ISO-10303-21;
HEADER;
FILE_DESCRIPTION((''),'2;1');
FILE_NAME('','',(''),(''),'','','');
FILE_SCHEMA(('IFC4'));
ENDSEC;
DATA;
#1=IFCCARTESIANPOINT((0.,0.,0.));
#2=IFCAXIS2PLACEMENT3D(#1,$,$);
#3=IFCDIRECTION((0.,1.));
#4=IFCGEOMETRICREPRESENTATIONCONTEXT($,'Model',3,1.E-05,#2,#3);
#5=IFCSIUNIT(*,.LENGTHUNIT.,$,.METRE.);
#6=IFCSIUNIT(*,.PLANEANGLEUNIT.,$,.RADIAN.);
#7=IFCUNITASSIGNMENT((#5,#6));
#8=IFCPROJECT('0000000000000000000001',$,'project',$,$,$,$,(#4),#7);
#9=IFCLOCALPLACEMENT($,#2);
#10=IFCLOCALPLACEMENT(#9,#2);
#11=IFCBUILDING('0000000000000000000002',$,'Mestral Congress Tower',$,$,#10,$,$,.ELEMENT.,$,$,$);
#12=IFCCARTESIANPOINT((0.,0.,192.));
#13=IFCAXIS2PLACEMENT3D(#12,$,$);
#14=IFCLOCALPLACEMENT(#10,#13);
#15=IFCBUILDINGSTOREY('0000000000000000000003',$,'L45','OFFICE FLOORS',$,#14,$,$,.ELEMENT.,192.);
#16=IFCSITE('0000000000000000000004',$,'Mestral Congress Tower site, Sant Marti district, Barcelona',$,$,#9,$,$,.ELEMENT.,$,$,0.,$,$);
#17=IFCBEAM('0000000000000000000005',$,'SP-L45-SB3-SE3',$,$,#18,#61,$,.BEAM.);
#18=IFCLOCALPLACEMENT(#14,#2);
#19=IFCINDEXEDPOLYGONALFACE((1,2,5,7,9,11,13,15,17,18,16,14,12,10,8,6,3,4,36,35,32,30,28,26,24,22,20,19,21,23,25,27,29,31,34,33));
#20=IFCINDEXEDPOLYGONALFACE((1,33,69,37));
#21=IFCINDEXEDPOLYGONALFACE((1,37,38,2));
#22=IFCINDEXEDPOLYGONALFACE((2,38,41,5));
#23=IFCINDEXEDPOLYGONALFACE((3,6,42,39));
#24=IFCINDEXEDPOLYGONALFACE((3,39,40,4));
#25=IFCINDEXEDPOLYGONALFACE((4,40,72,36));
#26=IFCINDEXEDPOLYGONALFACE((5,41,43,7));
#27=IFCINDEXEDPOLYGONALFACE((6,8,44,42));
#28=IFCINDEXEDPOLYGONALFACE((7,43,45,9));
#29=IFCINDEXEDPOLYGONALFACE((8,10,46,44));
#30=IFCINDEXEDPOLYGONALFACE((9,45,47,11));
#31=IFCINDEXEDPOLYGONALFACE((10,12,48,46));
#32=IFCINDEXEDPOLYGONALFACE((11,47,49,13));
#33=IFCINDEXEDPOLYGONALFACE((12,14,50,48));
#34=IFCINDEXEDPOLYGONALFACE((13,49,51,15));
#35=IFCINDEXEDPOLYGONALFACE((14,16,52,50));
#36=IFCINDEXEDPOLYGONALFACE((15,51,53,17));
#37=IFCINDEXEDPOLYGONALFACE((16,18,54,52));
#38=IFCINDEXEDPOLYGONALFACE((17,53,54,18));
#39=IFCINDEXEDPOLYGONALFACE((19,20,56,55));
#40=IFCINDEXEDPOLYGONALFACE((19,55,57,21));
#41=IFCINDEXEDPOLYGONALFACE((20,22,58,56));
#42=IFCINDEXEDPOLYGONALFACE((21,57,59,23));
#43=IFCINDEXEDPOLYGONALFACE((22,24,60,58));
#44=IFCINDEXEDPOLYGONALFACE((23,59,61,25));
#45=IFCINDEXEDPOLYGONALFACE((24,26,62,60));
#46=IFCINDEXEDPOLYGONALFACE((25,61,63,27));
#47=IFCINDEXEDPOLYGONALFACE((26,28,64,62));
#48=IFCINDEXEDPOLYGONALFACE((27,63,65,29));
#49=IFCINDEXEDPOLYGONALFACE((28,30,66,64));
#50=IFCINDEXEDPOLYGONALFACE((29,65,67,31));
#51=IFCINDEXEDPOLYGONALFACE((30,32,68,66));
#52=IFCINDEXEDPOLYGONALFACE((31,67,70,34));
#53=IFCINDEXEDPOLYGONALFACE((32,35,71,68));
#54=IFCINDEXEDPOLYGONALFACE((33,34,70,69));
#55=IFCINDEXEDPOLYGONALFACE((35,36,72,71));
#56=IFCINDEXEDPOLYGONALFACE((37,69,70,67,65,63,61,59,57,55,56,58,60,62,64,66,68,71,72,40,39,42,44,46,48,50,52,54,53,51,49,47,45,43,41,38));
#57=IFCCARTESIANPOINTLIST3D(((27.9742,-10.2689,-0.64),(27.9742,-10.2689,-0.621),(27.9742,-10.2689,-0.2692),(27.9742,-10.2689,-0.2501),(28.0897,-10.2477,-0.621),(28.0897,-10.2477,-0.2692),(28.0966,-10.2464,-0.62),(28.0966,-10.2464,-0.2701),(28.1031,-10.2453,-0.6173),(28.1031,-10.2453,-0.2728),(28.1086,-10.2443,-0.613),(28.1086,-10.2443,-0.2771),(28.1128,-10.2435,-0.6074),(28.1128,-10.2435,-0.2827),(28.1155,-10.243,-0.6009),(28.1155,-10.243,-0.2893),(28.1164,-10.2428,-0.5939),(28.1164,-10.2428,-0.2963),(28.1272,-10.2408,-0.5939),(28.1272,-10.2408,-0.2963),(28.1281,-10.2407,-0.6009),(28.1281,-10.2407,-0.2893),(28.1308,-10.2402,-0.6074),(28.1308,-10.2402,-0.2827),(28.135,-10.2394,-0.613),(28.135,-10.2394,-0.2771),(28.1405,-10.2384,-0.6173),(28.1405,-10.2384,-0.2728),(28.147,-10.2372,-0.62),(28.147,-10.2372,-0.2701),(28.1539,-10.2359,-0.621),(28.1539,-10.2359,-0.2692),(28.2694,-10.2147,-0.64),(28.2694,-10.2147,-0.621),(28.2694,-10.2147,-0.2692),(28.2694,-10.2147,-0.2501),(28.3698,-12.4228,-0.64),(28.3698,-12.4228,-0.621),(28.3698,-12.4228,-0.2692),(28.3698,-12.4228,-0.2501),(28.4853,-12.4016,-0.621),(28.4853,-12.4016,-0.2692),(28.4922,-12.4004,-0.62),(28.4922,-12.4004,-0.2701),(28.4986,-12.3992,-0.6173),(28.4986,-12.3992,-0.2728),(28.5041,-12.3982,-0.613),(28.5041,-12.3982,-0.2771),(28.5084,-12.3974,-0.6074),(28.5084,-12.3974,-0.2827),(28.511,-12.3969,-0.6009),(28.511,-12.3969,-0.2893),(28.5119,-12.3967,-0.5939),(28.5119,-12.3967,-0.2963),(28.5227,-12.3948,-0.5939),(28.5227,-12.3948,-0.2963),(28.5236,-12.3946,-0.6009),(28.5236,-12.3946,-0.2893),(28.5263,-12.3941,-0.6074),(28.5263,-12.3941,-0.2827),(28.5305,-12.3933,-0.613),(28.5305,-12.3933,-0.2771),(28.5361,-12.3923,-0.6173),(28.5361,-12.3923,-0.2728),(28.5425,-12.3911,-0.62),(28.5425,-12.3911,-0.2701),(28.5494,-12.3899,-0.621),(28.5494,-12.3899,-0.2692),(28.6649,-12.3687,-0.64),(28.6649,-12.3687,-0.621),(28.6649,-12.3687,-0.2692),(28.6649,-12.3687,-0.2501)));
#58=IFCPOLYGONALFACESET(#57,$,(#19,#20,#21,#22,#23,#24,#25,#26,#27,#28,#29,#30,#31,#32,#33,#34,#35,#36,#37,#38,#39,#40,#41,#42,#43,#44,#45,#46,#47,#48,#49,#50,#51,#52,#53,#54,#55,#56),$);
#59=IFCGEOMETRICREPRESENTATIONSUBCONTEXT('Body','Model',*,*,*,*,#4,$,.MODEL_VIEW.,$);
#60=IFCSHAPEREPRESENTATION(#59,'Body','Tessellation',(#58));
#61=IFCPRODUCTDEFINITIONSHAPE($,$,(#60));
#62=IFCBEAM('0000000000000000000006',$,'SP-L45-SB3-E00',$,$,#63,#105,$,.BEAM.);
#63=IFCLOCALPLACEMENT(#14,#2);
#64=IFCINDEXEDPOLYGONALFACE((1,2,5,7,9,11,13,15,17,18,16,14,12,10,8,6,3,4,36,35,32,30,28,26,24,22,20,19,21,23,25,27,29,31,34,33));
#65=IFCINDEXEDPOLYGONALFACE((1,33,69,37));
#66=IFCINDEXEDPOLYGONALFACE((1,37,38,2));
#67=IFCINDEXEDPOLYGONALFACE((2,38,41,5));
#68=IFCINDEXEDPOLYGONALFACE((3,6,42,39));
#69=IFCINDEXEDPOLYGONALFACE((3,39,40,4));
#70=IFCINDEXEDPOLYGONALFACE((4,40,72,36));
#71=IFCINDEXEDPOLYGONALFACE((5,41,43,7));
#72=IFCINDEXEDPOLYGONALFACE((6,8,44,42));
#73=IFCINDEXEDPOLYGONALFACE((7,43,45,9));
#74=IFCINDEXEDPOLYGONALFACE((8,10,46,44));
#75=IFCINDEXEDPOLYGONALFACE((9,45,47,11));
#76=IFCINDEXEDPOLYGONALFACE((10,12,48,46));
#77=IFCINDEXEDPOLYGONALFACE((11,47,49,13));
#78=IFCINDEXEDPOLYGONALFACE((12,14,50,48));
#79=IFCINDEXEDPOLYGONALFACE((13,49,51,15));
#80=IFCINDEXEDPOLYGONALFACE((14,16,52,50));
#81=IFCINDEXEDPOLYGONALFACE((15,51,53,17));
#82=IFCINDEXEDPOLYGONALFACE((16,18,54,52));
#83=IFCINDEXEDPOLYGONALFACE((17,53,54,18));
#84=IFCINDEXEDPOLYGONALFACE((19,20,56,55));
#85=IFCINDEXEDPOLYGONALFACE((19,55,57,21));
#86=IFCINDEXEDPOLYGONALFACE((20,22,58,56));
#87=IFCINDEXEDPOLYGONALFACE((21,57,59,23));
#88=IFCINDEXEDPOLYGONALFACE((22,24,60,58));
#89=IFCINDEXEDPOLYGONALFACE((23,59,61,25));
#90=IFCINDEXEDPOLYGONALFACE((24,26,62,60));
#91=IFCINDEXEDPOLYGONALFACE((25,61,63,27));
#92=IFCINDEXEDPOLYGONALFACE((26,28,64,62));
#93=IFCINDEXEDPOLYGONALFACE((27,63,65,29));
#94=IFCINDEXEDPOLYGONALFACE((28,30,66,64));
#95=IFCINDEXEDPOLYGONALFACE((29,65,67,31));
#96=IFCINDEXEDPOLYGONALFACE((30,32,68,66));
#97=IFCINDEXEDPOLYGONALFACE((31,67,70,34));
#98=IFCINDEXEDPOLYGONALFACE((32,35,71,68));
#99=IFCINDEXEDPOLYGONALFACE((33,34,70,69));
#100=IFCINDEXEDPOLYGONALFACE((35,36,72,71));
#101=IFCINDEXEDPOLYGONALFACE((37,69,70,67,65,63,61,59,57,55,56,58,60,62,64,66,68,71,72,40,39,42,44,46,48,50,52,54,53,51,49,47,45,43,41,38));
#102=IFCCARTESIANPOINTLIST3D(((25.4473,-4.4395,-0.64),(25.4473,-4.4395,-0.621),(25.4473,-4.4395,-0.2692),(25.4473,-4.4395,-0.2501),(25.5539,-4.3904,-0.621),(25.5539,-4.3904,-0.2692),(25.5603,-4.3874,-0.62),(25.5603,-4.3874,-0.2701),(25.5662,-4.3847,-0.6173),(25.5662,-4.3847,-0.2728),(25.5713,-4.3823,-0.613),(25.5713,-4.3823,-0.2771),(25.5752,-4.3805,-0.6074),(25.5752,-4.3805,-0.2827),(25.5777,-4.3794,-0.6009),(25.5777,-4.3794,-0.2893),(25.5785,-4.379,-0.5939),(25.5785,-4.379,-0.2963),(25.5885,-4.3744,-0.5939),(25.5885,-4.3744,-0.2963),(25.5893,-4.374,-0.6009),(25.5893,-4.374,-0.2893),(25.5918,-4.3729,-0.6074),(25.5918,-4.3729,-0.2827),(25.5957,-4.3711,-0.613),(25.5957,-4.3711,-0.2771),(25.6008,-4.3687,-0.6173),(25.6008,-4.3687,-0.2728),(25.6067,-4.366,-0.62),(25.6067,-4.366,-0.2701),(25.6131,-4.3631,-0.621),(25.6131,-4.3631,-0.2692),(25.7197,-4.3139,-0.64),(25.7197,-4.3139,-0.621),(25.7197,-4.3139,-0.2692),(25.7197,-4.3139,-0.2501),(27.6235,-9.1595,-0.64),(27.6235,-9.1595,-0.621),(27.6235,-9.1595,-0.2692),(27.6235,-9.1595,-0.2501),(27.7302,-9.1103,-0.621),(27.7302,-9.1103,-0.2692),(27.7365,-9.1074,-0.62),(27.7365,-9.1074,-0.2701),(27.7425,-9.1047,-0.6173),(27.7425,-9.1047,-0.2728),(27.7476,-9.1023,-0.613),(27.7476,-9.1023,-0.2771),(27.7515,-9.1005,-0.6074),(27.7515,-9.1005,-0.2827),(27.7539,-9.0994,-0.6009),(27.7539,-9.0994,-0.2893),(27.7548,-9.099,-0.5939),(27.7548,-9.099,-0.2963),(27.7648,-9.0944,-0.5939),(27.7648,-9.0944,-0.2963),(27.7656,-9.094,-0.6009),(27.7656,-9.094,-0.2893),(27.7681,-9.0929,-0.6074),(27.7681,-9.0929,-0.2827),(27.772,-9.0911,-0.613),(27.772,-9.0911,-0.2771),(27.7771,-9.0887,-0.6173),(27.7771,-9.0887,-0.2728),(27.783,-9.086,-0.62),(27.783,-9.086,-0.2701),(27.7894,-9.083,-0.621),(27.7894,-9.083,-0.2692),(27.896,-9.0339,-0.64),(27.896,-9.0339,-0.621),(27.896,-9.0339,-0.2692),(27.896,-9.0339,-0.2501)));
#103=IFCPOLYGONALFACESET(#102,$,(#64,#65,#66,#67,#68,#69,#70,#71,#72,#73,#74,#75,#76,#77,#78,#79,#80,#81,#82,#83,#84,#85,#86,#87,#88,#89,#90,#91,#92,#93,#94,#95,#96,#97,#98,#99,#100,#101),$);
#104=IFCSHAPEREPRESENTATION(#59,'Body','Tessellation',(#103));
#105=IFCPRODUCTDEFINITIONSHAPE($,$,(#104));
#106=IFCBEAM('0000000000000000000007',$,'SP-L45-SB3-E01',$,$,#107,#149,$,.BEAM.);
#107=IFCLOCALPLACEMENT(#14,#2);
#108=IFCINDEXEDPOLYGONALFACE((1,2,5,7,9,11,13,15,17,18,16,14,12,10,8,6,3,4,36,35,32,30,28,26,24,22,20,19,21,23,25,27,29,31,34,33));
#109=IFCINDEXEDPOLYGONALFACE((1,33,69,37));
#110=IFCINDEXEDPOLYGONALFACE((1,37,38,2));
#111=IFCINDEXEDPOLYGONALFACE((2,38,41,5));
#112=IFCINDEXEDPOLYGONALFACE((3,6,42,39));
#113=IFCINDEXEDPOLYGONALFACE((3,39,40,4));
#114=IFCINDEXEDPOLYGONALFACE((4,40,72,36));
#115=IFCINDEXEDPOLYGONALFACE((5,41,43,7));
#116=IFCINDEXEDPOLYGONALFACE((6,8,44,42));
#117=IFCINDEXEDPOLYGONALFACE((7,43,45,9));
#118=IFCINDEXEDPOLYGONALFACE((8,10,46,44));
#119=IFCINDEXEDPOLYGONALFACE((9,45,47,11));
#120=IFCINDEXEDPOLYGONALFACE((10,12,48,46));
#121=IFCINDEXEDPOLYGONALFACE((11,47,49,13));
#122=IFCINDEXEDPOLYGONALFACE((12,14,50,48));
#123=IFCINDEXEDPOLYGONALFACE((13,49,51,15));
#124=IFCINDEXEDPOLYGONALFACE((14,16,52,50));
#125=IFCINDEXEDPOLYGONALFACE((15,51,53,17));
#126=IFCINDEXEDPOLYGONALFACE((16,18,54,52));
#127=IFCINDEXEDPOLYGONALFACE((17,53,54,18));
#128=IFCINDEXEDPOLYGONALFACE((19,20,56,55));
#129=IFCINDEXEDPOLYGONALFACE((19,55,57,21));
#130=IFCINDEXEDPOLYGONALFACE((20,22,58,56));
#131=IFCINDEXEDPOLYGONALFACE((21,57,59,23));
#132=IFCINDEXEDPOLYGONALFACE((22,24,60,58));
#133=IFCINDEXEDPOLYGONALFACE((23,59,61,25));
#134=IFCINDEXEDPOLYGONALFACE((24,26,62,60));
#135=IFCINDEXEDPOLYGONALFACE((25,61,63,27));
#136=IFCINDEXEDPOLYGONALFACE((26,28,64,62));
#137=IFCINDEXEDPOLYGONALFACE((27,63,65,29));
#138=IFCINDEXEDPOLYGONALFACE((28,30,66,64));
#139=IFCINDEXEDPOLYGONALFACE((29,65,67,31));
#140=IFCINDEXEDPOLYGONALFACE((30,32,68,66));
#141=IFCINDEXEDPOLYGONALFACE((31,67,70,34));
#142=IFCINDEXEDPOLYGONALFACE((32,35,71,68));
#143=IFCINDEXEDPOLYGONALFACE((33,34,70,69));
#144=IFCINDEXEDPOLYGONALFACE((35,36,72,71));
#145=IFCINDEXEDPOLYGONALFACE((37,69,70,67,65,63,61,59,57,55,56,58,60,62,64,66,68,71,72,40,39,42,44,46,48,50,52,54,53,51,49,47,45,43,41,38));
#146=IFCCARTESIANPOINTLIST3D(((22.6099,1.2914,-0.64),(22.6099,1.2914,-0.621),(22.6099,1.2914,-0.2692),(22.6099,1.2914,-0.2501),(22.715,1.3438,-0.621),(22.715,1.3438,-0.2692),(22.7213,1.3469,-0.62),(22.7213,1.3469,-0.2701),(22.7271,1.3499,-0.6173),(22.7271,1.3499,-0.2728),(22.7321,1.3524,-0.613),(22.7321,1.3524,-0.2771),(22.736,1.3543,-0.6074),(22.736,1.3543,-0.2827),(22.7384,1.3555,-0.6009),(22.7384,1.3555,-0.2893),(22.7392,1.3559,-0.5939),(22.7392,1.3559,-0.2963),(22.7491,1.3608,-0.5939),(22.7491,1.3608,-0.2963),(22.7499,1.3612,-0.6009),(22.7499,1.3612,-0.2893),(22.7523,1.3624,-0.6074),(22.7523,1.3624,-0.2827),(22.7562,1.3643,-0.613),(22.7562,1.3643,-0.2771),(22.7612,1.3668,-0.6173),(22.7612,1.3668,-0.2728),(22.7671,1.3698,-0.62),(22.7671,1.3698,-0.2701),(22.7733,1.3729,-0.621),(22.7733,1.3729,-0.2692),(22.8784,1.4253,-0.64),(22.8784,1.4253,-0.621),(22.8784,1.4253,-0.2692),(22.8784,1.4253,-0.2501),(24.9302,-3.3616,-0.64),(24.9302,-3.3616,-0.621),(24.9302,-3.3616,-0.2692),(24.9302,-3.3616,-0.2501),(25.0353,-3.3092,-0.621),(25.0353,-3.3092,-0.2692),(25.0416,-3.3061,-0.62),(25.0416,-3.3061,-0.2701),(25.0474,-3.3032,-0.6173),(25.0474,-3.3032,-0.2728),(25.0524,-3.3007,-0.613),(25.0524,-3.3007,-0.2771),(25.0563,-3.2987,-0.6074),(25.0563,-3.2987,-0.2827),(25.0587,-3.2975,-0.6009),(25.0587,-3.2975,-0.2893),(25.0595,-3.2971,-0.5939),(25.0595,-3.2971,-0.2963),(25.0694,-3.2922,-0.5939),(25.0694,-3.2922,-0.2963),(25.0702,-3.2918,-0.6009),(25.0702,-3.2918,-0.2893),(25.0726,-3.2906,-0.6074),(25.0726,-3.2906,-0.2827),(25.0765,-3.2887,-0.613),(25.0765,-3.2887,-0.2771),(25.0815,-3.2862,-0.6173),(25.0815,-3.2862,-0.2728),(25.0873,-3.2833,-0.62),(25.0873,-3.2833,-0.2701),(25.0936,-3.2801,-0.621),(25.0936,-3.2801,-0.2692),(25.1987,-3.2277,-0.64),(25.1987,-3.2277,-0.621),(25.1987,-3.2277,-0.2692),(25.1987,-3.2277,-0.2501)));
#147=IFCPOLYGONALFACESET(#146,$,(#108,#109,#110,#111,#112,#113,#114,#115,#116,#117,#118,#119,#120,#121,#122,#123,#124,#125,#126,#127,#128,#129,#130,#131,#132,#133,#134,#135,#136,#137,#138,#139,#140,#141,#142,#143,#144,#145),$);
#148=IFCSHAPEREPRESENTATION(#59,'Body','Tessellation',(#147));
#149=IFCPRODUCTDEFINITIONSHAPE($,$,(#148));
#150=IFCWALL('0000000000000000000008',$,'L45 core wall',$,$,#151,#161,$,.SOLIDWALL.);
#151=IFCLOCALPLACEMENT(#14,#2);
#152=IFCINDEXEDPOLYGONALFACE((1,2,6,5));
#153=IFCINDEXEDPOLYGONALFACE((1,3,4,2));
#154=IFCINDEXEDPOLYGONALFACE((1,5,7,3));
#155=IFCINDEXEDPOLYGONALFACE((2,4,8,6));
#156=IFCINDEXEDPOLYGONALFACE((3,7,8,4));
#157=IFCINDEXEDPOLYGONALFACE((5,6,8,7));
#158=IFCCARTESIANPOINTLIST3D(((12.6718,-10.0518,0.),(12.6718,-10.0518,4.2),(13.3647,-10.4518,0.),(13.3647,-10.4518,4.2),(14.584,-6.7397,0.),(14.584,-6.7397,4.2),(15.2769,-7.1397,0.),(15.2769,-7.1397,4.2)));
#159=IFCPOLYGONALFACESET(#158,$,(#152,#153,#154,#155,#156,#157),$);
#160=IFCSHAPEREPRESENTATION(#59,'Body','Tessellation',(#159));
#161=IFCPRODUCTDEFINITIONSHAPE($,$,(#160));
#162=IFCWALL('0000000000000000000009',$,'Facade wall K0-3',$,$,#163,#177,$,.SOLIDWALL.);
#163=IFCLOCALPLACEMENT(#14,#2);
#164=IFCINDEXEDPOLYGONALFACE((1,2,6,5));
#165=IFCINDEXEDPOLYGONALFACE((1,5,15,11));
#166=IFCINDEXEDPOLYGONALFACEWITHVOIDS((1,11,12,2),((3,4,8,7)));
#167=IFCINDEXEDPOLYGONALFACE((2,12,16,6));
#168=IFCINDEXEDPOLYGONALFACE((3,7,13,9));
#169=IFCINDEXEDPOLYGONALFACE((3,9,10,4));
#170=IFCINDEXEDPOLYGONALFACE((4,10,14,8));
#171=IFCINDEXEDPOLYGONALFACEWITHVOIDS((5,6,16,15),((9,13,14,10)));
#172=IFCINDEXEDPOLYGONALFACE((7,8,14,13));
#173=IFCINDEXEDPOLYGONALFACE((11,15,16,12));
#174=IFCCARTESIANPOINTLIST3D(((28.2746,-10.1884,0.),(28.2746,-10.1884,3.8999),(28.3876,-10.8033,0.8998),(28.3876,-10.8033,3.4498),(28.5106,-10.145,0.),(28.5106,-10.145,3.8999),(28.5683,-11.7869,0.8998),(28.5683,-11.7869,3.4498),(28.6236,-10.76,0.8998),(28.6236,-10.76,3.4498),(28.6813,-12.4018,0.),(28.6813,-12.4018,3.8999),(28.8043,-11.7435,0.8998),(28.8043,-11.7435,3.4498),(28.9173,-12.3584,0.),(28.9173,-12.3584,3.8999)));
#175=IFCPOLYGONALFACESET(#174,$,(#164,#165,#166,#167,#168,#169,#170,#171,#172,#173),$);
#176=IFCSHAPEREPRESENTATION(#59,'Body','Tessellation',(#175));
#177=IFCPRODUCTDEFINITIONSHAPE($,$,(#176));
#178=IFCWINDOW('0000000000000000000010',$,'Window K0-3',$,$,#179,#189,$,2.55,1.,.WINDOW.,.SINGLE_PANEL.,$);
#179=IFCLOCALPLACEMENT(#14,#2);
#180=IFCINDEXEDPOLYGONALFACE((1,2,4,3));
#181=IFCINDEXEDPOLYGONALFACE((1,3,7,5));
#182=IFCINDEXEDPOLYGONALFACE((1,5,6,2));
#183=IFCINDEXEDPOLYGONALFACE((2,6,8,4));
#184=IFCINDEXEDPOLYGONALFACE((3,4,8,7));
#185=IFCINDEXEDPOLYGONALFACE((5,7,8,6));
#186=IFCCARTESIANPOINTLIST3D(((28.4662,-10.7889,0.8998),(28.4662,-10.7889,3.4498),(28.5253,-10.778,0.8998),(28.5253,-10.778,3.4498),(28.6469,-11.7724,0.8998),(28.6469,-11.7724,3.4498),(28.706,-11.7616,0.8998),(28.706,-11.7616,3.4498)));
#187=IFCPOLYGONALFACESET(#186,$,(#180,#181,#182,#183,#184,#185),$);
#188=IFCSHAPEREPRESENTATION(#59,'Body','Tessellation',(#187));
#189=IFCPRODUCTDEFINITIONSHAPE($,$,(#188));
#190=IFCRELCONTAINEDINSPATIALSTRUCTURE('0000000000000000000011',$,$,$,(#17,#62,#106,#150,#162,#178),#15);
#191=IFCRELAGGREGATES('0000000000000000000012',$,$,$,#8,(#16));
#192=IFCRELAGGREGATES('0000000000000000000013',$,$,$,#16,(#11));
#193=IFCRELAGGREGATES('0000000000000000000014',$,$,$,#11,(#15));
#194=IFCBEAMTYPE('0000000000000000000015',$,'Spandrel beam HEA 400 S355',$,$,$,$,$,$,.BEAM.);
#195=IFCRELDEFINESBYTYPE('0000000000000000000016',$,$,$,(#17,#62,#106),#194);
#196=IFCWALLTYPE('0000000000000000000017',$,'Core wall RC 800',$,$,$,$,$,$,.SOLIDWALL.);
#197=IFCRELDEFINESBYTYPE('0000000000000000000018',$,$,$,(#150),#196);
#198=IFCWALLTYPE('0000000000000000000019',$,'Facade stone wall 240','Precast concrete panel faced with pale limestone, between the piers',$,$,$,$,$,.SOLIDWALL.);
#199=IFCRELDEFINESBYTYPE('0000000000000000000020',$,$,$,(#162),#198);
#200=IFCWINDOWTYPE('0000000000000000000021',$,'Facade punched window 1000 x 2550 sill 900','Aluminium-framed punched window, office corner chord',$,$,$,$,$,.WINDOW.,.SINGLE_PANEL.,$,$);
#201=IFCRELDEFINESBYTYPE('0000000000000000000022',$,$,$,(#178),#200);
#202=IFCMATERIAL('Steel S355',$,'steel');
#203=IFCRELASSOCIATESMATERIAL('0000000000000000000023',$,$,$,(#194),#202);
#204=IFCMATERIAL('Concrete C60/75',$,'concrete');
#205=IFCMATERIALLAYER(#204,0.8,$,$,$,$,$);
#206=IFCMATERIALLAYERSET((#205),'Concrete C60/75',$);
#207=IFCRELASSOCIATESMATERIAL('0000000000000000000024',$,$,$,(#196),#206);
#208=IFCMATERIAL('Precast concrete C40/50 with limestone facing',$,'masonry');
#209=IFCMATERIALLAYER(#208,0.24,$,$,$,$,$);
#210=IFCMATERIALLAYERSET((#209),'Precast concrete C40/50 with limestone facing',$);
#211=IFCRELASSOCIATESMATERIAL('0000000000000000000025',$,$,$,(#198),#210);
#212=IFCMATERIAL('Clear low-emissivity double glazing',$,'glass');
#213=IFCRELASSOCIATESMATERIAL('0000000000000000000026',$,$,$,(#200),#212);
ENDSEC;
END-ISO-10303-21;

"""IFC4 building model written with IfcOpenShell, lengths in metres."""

from ifc_helpers import new_model, si_unit, direction, frame, frame_2d, origin, origin_2d, place, context, subcontext, project, spatial, rectangle, i_section, extrude, material, layer, layer_set, material_profile, profile_set, type_object, element, fill, save


model = new_model("IFC4")

# Units and contexts
model_context = context("Model", 3, precision=1e-05, world=origin(), true_north=direction((0.0, 1.0)))
body_context = subcontext(model_context, "Body", "Model", "MODEL_VIEW")
ifc_project = project(units=[si_unit("LENGTHUNIT", "METRE"), si_unit("PLANEANGLEUNIT", "RADIAN")], contexts=[model_context])

# Site, building, storey
site_placement = place(None, origin())
site = spatial("IfcSite", under=ifc_project, at=site_placement, Name="Mestral Congress Tower site, Sant Marti district, Barcelona", CompositionType="ELEMENT", RefElevation=0.0)
building_placement = place(site_placement, origin())
building = spatial("IfcBuilding", under=site, at=building_placement, Name="Mestral Congress Tower", CompositionType="ELEMENT")
storey_placement = place(building_placement, frame((0.0, 0.0, 192.0)))
storey = spatial("IfcBuildingStorey", under=building, at=storey_placement, Name="L45", Description="OFFICE FLOORS", CompositionType="ELEMENT", Elevation=192.0)

# Shared definitions
ifc_material_1 = material(Name="Concrete C60/75", Category="concrete")

# Beams
ifc_material_2 = material(Name="Steel S355", Category="steel")
ifc_material_profile_1 = material_profile(ifc_material_2, i_section(OverallWidth=0.3, OverallDepth=0.3899, WebThickness=0.011, FlangeThickness=0.019, FilletRadius=0.0271, at=origin_2d()), Name="HEA 400")
ifc_profile_set_1 = profile_set([ifc_material_profile_1], Name="Steel S355")
beam_type_1 = type_object("IfcBeamType", Name="Spandrel beam HEA 400 S355", PredefinedType="BEAM", material=ifc_profile_set_1)
beam_1_placement = place(storey_placement, frame((28.5173, -12.3958, -0.4451), z_axis=(-0.180612, 0.983554, 0.0), x_axis=(-0.983554, -0.180612, 0.0)))
element("IfcBeam", 1, at=beam_1_placement, inside=storey, type_object=beam_type_1, Name="SP-L45-SB3-SE3", PredefinedType="BEAM", context=body_context, shape_type="SweptSolid", body=[
    extrude(i_section(OverallWidth=0.3, OverallDepth=0.3899, WebThickness=0.011, FlangeThickness=0.019, FilletRadius=0.0271, at=origin_2d()), origin(), (0.0, 0.0, 1.0), 2.1899),
])
beam_2_placement = place(storey_placement, frame((27.7598, -9.0967, -0.4451), z_axis=(-0.418713, 0.908119, 0.0), x_axis=(-0.908119, -0.418713, 0.0)))
element("IfcBeam", 2, at=beam_2_placement, inside=storey, type_object=beam_type_1, Name="SP-L45-SB3-E00", PredefinedType="BEAM", context=body_context, shape_type="SweptSolid", body=[
    extrude(i_section(OverallWidth=0.3, OverallDepth=0.3899, WebThickness=0.011, FlangeThickness=0.019, FilletRadius=0.0271, at=origin_2d()), origin(), (0.0, 0.0, 1.0), 5.1975),
])
beam_3_placement = place(storey_placement, frame((25.0645, -3.2947, -0.4451), z_axis=(-0.446255, 0.894906, 0.0), x_axis=(-0.894906, -0.446255, 0.0)))
element("IfcBeam", 3, at=beam_3_placement, inside=storey, type_object=beam_type_1, Name="SP-L45-SB3-E01", PredefinedType="BEAM", context=body_context, shape_type="SweptSolid", body=[
    extrude(i_section(OverallWidth=0.3, OverallDepth=0.3899, WebThickness=0.011, FlangeThickness=0.019, FilletRadius=0.0271, at=origin_2d()), origin(), (0.0, 0.0, 1.0), 5.1995),
])

# Wall
ifc_layer_1 = layer(ifc_material_1, 0.8)
ifc_layer_set_1 = layer_set([ifc_layer_1], Name="Concrete C60/75")
wall_type_1 = type_object("IfcWallType", Name="Core wall RC 800", PredefinedType="SOLIDWALL", material=ifc_layer_set_1)
wall_1_placement = place(storey_placement, frame((13.0183, -10.2517, 0.0), z_axis=(0.0, 0.0, 1.0), x_axis=(0.499984, 0.866035, 0.0)))
element("IfcWall", 4, at=wall_1_placement, inside=storey, type_object=wall_type_1, Name="L45 core wall", PredefinedType="SOLIDWALL", context=body_context, shape_type="SweptSolid", body=[
    extrude(rectangle(XDim=3.8245, YDim=0.8, at=frame_2d((1.9121, 0.0))), origin(), (0.0, 0.0, 1.0), 4.2),
])

# Wall, opening, window
ifc_material_3 = material(Name="Precast concrete C40/50 with limestone facing", Category="masonry")
ifc_layer_2 = layer(ifc_material_3, 0.24)
ifc_layer_set_2 = layer_set([ifc_layer_2], Name="Precast concrete C40/50 with limestone facing")
wall_type_2 = type_object("IfcWallType", Name="Facade stone wall 240", Description="Precast concrete panel faced with pale limestone, between the piers", PredefinedType="SOLIDWALL", material=ifc_layer_set_2)
wall_2_placement = place(storey_placement, frame((28.7993, -12.3801, 0.0), z_axis=(0.0, 0.0, 1.0), x_axis=(-0.180737, 0.983531, 0.0)))
wall_2 = element("IfcWall", 5, at=wall_2_placement, inside=storey, type_object=wall_type_2, Name="Facade wall K0-3", PredefinedType="SOLIDWALL", context=body_context, shape_type="SweptSolid", body=[
    extrude(rectangle(XDim=2.2505, YDim=0.24, at=frame_2d((1.1252, 0.0))), origin(), (0.0, 0.0, 1.0), 3.8999),
])
opening_1_placement = place(wall_2_placement, frame((0.6252, 0.0, 0.8999)))
opening_1 = element("IfcOpeningElement", 6, at=opening_1_placement, cuts=wall_2, PredefinedType="OPENING", context=body_context, shape_type="SweptSolid", body=[
    extrude(rectangle(XDim=1.0, YDim=2.55, at=frame_2d((0.5, 1.2749))), frame((0.0, 0.1299, 0.0), z_axis=(0.0, -1.0, 0.0), x_axis=(1.0, 0.0, 0.0)), (0.0, 0.0, 1.0), 0.26),
])
ifc_material_4 = material(Name="Clear low-emissivity double glazing", Category="glass")
window_type_1 = type_object("IfcWindowType", Name="Facade punched window 1000 x 2550 sill 900", Description="Aluminium-framed punched window, office corner chord", PartitioningType="SINGLE_PANEL", PredefinedType="WINDOW", material=ifc_material_4)
window_1_placement = place(opening_1_placement, origin())
window_1 = element("IfcWindow", 7, at=window_1_placement, inside=storey, type_object=window_type_1, Name="Window K0-3", OverallHeight=2.55, OverallWidth=1.0, PartitioningType="SINGLE_PANEL", PredefinedType="WINDOW", context=body_context, shape_type="SweptSolid", body=[
    extrude(rectangle(XDim=1.0, YDim=2.55, at=frame_2d((0.5, 1.2749))), frame((0.0, 0.04, 0.0), z_axis=(0.0, -1.0, 0.0), x_axis=(1.0, 0.0, 0.0)), (0.0, 0.0, 1.0), 0.0601),
])
fill(opening_1, window_1)

save(model, "model.ifc")
